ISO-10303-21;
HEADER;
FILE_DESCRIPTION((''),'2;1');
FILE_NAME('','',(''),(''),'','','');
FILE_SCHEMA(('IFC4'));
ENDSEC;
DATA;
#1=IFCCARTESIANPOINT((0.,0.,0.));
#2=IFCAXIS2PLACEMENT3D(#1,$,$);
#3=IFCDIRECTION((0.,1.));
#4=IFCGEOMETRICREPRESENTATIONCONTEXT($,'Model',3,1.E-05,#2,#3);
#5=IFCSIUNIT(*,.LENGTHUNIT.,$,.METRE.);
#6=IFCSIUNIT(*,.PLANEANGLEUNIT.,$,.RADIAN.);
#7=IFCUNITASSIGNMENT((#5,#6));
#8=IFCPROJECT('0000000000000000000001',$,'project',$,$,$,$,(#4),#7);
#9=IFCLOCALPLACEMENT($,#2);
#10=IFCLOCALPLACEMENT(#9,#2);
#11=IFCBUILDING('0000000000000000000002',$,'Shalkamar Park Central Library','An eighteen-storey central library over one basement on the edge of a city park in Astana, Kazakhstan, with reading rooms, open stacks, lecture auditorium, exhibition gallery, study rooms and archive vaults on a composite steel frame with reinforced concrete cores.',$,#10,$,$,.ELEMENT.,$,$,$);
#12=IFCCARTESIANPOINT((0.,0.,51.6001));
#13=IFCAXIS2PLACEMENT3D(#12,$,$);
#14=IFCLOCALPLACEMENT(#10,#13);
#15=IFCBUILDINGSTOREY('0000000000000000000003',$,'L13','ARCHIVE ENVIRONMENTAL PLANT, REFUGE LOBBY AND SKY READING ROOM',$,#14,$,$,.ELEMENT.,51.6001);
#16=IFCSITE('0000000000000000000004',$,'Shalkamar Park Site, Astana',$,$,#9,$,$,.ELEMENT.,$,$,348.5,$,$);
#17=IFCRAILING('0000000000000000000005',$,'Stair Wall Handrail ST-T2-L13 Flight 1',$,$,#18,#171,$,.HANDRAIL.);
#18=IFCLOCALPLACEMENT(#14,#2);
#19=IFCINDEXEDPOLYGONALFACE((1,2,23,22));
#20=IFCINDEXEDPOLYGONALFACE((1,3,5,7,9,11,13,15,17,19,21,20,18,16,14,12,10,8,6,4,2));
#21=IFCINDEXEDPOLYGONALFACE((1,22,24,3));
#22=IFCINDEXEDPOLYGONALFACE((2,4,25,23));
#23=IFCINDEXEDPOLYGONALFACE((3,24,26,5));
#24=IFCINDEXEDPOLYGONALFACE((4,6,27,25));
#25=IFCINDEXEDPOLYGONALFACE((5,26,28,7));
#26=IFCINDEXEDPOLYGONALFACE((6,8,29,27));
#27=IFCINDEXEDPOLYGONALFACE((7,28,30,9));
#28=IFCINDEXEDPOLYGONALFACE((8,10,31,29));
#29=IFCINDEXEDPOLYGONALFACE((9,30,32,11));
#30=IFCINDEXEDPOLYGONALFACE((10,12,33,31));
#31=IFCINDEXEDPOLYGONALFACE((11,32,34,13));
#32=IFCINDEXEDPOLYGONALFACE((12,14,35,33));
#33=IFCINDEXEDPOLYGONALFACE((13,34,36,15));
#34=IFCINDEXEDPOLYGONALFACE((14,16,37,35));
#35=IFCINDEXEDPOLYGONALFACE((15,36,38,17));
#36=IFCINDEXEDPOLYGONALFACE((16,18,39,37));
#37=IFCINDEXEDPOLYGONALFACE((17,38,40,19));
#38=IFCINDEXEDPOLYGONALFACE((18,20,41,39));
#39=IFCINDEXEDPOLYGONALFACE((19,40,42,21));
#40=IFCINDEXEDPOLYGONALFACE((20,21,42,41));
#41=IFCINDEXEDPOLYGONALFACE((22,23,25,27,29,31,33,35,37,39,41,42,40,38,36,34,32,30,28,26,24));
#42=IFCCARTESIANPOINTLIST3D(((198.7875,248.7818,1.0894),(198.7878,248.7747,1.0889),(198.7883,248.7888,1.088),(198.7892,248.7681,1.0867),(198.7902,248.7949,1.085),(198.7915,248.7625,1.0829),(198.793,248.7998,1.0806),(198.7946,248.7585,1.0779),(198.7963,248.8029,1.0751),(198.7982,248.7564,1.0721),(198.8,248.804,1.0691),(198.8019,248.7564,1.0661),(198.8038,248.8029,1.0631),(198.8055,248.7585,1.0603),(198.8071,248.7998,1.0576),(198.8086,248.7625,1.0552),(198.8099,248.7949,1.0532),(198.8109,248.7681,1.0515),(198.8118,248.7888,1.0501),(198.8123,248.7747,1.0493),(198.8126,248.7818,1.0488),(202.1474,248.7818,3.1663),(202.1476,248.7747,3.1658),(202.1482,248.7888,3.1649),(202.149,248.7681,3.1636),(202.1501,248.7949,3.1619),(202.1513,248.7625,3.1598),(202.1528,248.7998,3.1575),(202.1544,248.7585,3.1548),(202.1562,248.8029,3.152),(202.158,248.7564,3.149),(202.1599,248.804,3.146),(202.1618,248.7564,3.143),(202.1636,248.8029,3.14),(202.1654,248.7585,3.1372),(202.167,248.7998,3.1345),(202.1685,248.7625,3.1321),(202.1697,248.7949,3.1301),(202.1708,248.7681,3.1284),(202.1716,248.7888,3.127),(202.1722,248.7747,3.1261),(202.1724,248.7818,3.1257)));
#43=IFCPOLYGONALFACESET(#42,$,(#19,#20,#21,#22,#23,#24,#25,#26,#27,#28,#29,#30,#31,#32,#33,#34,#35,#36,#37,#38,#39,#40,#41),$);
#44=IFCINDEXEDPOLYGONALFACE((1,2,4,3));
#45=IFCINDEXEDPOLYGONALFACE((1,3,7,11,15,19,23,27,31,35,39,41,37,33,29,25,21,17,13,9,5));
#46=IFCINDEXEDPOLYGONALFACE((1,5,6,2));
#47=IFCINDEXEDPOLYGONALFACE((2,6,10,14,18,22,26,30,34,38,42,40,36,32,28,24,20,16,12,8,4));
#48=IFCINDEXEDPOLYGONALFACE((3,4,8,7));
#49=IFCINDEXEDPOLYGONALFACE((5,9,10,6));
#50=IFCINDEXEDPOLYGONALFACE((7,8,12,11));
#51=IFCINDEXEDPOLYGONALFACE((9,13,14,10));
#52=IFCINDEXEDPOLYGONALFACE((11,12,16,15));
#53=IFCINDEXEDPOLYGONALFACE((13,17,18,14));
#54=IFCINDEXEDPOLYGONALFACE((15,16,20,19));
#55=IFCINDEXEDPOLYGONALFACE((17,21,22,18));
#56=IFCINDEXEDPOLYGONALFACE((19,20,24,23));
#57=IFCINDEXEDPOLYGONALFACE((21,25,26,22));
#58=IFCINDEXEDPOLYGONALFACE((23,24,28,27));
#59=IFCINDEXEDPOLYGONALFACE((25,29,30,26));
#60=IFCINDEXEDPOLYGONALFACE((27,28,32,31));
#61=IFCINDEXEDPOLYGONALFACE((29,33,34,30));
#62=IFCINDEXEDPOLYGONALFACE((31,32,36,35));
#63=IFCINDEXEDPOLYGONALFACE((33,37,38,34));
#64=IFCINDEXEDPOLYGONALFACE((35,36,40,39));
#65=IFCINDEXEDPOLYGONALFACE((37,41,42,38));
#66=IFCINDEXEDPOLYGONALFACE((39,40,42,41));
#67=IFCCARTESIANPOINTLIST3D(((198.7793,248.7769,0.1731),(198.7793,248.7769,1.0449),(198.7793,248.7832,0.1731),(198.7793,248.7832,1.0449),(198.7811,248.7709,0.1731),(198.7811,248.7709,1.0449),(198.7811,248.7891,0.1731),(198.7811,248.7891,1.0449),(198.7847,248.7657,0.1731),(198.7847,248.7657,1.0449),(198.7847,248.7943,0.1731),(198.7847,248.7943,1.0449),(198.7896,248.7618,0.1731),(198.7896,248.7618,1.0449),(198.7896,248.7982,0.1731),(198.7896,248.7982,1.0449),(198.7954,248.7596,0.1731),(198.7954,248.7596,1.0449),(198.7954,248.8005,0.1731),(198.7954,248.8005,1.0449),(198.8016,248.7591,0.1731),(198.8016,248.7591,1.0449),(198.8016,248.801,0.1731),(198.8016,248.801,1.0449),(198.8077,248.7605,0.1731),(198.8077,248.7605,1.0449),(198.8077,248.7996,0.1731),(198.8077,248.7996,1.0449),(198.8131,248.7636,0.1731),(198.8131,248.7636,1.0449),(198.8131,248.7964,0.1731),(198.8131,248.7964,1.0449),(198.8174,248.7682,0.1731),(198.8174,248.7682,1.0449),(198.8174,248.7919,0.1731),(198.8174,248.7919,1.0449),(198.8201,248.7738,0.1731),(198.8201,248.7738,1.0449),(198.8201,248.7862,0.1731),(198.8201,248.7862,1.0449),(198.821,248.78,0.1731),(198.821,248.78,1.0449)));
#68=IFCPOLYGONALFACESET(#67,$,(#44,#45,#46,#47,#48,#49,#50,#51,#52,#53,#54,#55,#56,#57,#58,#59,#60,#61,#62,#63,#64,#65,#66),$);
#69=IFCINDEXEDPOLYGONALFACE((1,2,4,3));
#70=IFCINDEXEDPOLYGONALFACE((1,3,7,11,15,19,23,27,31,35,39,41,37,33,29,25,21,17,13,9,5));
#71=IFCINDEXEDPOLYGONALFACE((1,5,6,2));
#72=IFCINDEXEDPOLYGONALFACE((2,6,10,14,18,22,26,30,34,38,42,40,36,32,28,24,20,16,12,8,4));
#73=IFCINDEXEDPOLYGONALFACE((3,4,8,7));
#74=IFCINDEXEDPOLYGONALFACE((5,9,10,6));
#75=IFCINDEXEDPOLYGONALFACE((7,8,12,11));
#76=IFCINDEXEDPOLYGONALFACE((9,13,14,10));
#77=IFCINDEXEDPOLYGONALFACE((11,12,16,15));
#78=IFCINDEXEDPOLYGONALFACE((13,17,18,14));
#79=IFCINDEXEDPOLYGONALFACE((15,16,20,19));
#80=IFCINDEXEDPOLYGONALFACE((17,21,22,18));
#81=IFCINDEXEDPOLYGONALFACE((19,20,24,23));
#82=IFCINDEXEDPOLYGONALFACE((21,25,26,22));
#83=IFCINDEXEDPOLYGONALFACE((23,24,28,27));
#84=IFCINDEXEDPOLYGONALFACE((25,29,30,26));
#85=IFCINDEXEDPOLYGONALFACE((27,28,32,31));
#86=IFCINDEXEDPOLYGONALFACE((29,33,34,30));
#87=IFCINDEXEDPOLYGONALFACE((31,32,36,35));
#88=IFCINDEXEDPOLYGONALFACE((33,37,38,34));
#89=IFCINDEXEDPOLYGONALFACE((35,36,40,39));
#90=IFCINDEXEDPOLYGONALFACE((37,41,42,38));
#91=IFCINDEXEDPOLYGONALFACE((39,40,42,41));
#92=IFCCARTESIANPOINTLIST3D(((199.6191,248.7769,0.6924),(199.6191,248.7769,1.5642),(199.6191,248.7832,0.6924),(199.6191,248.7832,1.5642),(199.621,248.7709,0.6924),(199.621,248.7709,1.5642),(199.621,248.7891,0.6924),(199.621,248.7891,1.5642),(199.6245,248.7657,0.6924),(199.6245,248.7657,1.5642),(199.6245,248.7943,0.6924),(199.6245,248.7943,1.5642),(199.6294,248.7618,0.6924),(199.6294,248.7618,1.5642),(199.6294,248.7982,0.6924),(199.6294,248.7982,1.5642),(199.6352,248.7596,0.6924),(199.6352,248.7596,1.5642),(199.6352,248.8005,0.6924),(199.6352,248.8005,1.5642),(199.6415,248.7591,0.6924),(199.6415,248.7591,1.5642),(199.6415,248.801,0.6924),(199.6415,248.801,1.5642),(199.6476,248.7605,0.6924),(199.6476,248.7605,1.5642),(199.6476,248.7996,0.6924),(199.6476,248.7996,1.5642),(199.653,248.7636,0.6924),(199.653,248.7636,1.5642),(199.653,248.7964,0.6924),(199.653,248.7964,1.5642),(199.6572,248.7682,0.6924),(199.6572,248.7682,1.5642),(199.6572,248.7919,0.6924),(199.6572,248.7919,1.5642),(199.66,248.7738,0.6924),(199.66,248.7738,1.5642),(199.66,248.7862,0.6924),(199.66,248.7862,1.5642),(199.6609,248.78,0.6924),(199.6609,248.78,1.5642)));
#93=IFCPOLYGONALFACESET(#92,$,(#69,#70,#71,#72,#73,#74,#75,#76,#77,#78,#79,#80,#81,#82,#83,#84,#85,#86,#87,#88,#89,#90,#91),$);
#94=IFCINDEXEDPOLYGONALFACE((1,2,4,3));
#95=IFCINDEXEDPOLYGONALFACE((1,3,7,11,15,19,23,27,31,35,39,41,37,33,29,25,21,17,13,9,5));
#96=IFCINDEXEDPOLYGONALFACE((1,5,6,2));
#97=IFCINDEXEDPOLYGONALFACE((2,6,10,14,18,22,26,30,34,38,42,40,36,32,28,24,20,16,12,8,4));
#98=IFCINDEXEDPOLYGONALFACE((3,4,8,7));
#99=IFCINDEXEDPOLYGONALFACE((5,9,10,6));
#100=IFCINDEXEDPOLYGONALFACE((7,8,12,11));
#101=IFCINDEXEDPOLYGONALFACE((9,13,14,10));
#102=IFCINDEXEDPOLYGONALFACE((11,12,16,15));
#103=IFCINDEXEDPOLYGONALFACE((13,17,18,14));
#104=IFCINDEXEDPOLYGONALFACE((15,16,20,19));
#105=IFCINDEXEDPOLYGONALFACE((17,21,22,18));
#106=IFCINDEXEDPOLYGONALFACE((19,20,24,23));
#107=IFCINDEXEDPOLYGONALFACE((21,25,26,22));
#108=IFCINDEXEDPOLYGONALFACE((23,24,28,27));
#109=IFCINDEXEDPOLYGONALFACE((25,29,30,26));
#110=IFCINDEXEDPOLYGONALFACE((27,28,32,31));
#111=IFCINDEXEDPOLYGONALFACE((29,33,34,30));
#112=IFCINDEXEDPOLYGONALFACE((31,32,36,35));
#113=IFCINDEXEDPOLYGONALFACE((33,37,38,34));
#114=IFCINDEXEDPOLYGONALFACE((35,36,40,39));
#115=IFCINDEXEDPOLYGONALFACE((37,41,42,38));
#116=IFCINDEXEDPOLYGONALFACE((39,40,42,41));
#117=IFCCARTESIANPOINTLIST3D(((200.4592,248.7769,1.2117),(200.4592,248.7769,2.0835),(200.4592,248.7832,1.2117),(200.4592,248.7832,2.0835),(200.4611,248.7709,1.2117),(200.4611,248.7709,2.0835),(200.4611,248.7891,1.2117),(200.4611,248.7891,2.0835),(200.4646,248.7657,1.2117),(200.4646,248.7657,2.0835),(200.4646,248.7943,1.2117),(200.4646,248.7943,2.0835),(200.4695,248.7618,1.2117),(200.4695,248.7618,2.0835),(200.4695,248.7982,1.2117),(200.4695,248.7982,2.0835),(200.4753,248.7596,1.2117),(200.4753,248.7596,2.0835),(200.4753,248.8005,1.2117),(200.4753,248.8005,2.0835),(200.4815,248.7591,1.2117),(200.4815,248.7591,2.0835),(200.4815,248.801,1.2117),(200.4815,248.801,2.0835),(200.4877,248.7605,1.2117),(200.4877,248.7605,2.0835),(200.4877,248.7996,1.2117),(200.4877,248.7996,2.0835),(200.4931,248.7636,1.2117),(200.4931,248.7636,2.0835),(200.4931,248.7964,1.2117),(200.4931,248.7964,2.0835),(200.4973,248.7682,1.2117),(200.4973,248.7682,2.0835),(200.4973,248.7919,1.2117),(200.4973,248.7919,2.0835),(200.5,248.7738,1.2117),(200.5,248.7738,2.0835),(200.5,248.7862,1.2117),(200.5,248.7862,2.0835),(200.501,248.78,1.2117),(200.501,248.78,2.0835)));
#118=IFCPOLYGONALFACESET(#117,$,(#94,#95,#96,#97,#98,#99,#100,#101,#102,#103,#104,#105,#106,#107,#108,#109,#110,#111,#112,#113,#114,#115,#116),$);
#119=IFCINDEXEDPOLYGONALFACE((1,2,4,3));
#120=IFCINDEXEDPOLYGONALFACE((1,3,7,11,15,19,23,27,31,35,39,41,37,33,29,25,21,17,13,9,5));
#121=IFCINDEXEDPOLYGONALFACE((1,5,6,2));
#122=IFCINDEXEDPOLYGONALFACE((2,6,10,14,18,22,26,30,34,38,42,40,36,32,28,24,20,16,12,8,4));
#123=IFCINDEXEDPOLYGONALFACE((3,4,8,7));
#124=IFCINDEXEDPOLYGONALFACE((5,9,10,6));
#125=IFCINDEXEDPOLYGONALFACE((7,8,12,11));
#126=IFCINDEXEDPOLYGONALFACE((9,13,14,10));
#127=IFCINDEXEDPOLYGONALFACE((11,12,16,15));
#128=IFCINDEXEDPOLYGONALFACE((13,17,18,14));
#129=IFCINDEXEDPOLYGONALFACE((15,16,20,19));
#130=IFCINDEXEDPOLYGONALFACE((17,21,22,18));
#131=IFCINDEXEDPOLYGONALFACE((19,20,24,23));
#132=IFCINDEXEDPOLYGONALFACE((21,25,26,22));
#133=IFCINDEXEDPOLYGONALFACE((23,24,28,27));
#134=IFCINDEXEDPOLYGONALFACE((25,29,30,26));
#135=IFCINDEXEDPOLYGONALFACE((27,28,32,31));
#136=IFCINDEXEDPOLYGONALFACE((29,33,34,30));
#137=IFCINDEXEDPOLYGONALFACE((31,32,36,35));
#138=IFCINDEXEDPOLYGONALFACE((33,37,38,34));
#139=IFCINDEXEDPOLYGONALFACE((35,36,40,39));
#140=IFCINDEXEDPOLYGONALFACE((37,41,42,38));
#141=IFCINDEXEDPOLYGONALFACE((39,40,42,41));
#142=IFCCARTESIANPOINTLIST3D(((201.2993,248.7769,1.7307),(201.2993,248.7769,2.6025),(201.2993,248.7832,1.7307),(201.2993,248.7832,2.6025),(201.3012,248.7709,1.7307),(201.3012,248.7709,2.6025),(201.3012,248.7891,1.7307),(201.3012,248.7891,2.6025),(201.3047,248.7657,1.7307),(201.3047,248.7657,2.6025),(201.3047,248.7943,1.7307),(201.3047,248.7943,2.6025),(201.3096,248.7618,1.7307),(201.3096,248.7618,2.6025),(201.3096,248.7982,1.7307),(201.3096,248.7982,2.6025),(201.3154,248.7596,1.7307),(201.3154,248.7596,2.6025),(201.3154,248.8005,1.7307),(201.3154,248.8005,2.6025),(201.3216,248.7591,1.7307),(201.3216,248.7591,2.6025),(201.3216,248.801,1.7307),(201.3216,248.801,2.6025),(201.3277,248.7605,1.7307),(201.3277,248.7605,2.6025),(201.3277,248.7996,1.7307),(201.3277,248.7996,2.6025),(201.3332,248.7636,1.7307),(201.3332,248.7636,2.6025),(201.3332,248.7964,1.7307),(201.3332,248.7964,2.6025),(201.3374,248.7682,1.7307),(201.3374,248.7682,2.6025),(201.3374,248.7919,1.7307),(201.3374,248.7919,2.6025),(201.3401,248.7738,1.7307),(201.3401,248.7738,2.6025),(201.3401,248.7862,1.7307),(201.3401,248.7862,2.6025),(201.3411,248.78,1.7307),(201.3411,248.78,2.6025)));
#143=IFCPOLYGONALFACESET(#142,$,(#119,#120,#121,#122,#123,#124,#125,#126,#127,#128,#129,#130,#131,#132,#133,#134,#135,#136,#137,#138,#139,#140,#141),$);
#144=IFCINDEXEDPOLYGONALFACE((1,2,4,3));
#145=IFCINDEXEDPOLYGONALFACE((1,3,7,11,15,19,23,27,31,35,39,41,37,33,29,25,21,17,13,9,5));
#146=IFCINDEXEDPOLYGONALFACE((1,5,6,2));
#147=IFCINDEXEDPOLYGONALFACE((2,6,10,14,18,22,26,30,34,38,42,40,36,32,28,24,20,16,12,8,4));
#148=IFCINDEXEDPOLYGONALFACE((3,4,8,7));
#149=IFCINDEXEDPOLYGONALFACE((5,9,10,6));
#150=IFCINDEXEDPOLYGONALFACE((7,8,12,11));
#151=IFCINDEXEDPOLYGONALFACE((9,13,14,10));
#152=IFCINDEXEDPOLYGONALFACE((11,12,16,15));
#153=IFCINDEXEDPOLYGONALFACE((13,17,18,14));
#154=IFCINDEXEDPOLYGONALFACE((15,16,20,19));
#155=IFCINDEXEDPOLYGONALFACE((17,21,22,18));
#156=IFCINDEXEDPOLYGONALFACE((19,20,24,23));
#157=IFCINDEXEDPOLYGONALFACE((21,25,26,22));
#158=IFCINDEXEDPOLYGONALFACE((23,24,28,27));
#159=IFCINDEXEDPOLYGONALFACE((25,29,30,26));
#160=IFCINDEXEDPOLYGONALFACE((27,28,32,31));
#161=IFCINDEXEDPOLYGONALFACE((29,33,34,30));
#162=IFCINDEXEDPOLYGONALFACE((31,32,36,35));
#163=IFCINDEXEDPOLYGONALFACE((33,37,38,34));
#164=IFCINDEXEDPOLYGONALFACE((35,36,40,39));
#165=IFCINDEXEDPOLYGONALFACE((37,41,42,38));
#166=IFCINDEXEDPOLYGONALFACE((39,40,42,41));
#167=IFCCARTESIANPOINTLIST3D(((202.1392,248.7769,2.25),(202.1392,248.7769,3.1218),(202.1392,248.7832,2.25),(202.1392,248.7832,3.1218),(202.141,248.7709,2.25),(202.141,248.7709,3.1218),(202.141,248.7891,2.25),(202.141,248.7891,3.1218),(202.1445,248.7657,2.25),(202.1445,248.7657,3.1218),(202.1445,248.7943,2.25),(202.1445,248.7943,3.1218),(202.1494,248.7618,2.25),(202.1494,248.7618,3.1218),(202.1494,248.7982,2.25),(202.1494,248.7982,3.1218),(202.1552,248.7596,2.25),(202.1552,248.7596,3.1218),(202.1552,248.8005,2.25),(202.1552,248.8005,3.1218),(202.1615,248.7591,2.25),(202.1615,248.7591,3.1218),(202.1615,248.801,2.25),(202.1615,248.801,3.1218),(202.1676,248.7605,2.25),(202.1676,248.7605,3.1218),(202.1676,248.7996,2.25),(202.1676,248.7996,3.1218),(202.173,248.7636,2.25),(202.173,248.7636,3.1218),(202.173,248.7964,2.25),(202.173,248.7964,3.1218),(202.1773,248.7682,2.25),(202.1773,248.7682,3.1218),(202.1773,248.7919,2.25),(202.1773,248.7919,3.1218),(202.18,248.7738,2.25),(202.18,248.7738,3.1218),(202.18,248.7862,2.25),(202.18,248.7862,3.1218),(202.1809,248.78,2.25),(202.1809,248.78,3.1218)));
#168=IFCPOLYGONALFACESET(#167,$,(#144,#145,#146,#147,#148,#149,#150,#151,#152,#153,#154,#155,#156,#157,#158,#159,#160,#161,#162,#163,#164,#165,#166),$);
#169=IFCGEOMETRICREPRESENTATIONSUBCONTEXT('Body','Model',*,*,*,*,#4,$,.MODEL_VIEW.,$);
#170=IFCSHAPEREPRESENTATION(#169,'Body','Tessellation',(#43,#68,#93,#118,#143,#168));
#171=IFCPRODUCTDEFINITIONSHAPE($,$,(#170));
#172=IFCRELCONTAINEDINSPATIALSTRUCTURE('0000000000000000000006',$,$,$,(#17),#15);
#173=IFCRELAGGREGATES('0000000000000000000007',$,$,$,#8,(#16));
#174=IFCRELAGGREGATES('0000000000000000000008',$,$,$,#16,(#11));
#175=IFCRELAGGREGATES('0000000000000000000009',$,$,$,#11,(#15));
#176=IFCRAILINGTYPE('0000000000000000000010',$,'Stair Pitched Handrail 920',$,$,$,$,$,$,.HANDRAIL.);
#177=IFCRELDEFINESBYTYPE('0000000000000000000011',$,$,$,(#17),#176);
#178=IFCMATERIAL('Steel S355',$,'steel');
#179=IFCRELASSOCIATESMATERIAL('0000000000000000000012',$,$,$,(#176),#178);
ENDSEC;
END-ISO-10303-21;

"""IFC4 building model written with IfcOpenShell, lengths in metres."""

from ifc_helpers import new_model, si_unit, direction, frame, origin, origin_2d, place, context, subcontext, project, spatial, circle, extrude, material, type_object, element, save


model = new_model("IFC4")

# Units and contexts
model_context = context("Model", 3, precision=1e-05, world=origin(), true_north=direction((0.0, 1.0)))
body_context = subcontext(model_context, "Body", "Model", "MODEL_VIEW")
ifc_project = project(units=[si_unit("LENGTHUNIT", "METRE"), si_unit("PLANEANGLEUNIT", "RADIAN")], contexts=[model_context])

# Site, building, storey
site_placement = place(None, origin())
site = spatial("IfcSite", under=ifc_project, at=site_placement, Name="Shalkamar Park Site, Astana", CompositionType="ELEMENT", RefElevation=348.5)
building_placement = place(site_placement, origin())
building = spatial("IfcBuilding", under=site, at=building_placement, Name="Shalkamar Park Central Library", Description="An eighteen-storey central library over one basement on the edge of a city park in Astana, Kazakhstan, with reading rooms, open stacks, lecture auditorium, exhibition gallery, study rooms and archive vaults on a composite steel frame with reinforced concrete cores.", CompositionType="ELEMENT")
storey_placement = place(building_placement, frame((0.0, 0.0, 51.6001)))
storey = spatial("IfcBuildingStorey", under=building, at=storey_placement, Name="L13", Description="ARCHIVE ENVIRONMENTAL PLANT, REFUGE LOBBY AND SKY READING ROOM", CompositionType="ELEMENT", Elevation=51.6001)

# Shared definitions
ifc_material_1 = material(Name="Steel S355", Category="steel")

# Railing
railing_type_1 = type_object("IfcRailingType", Name="Stair Pitched Handrail 920", PredefinedType="HANDRAIL", material=ifc_material_1)
railing_1_placement = place(storey_placement, frame((198.8, 248.78, 0.1731)))
element("IfcRailing", 1, at=railing_1_placement, inside=storey, type_object=railing_type_1, Name="Stair Wall Handrail ST-T2-L13 Flight 1", PredefinedType="HANDRAIL", context=body_context, shape_type="SweptSolid", body=[
    extrude(circle(Radius=0.0239, at=origin_2d()), frame((0.0, 0.0, 0.896), z_axis=(0.850606, 0.0, 0.525803), x_axis=(0.0, 1.0, 0.0)), (0.0, 0.0, 1.0), 3.95),
    extrude(circle(Radius=0.021, at=origin_2d()), origin(), (0.0, 0.0, 1.0), 0.8718),
    extrude(circle(Radius=0.021, at=origin_2d()), frame((0.8398, 0.0, 0.5193)), (0.0, 0.0, 1.0), 0.8718),
    extrude(circle(Radius=0.021, at=origin_2d()), frame((1.6799, 0.0, 1.0386)), (0.0, 0.0, 1.0), 0.8718),
    extrude(circle(Radius=0.021, at=origin_2d()), frame((2.52, 0.0, 1.5576)), (0.0, 0.0, 1.0), 0.8718),
    extrude(circle(Radius=0.021, at=origin_2d()), frame((3.3599, 0.0, 2.0769)), (0.0, 0.0, 1.0), 0.8718),
])

save(model, "model.ifc")
